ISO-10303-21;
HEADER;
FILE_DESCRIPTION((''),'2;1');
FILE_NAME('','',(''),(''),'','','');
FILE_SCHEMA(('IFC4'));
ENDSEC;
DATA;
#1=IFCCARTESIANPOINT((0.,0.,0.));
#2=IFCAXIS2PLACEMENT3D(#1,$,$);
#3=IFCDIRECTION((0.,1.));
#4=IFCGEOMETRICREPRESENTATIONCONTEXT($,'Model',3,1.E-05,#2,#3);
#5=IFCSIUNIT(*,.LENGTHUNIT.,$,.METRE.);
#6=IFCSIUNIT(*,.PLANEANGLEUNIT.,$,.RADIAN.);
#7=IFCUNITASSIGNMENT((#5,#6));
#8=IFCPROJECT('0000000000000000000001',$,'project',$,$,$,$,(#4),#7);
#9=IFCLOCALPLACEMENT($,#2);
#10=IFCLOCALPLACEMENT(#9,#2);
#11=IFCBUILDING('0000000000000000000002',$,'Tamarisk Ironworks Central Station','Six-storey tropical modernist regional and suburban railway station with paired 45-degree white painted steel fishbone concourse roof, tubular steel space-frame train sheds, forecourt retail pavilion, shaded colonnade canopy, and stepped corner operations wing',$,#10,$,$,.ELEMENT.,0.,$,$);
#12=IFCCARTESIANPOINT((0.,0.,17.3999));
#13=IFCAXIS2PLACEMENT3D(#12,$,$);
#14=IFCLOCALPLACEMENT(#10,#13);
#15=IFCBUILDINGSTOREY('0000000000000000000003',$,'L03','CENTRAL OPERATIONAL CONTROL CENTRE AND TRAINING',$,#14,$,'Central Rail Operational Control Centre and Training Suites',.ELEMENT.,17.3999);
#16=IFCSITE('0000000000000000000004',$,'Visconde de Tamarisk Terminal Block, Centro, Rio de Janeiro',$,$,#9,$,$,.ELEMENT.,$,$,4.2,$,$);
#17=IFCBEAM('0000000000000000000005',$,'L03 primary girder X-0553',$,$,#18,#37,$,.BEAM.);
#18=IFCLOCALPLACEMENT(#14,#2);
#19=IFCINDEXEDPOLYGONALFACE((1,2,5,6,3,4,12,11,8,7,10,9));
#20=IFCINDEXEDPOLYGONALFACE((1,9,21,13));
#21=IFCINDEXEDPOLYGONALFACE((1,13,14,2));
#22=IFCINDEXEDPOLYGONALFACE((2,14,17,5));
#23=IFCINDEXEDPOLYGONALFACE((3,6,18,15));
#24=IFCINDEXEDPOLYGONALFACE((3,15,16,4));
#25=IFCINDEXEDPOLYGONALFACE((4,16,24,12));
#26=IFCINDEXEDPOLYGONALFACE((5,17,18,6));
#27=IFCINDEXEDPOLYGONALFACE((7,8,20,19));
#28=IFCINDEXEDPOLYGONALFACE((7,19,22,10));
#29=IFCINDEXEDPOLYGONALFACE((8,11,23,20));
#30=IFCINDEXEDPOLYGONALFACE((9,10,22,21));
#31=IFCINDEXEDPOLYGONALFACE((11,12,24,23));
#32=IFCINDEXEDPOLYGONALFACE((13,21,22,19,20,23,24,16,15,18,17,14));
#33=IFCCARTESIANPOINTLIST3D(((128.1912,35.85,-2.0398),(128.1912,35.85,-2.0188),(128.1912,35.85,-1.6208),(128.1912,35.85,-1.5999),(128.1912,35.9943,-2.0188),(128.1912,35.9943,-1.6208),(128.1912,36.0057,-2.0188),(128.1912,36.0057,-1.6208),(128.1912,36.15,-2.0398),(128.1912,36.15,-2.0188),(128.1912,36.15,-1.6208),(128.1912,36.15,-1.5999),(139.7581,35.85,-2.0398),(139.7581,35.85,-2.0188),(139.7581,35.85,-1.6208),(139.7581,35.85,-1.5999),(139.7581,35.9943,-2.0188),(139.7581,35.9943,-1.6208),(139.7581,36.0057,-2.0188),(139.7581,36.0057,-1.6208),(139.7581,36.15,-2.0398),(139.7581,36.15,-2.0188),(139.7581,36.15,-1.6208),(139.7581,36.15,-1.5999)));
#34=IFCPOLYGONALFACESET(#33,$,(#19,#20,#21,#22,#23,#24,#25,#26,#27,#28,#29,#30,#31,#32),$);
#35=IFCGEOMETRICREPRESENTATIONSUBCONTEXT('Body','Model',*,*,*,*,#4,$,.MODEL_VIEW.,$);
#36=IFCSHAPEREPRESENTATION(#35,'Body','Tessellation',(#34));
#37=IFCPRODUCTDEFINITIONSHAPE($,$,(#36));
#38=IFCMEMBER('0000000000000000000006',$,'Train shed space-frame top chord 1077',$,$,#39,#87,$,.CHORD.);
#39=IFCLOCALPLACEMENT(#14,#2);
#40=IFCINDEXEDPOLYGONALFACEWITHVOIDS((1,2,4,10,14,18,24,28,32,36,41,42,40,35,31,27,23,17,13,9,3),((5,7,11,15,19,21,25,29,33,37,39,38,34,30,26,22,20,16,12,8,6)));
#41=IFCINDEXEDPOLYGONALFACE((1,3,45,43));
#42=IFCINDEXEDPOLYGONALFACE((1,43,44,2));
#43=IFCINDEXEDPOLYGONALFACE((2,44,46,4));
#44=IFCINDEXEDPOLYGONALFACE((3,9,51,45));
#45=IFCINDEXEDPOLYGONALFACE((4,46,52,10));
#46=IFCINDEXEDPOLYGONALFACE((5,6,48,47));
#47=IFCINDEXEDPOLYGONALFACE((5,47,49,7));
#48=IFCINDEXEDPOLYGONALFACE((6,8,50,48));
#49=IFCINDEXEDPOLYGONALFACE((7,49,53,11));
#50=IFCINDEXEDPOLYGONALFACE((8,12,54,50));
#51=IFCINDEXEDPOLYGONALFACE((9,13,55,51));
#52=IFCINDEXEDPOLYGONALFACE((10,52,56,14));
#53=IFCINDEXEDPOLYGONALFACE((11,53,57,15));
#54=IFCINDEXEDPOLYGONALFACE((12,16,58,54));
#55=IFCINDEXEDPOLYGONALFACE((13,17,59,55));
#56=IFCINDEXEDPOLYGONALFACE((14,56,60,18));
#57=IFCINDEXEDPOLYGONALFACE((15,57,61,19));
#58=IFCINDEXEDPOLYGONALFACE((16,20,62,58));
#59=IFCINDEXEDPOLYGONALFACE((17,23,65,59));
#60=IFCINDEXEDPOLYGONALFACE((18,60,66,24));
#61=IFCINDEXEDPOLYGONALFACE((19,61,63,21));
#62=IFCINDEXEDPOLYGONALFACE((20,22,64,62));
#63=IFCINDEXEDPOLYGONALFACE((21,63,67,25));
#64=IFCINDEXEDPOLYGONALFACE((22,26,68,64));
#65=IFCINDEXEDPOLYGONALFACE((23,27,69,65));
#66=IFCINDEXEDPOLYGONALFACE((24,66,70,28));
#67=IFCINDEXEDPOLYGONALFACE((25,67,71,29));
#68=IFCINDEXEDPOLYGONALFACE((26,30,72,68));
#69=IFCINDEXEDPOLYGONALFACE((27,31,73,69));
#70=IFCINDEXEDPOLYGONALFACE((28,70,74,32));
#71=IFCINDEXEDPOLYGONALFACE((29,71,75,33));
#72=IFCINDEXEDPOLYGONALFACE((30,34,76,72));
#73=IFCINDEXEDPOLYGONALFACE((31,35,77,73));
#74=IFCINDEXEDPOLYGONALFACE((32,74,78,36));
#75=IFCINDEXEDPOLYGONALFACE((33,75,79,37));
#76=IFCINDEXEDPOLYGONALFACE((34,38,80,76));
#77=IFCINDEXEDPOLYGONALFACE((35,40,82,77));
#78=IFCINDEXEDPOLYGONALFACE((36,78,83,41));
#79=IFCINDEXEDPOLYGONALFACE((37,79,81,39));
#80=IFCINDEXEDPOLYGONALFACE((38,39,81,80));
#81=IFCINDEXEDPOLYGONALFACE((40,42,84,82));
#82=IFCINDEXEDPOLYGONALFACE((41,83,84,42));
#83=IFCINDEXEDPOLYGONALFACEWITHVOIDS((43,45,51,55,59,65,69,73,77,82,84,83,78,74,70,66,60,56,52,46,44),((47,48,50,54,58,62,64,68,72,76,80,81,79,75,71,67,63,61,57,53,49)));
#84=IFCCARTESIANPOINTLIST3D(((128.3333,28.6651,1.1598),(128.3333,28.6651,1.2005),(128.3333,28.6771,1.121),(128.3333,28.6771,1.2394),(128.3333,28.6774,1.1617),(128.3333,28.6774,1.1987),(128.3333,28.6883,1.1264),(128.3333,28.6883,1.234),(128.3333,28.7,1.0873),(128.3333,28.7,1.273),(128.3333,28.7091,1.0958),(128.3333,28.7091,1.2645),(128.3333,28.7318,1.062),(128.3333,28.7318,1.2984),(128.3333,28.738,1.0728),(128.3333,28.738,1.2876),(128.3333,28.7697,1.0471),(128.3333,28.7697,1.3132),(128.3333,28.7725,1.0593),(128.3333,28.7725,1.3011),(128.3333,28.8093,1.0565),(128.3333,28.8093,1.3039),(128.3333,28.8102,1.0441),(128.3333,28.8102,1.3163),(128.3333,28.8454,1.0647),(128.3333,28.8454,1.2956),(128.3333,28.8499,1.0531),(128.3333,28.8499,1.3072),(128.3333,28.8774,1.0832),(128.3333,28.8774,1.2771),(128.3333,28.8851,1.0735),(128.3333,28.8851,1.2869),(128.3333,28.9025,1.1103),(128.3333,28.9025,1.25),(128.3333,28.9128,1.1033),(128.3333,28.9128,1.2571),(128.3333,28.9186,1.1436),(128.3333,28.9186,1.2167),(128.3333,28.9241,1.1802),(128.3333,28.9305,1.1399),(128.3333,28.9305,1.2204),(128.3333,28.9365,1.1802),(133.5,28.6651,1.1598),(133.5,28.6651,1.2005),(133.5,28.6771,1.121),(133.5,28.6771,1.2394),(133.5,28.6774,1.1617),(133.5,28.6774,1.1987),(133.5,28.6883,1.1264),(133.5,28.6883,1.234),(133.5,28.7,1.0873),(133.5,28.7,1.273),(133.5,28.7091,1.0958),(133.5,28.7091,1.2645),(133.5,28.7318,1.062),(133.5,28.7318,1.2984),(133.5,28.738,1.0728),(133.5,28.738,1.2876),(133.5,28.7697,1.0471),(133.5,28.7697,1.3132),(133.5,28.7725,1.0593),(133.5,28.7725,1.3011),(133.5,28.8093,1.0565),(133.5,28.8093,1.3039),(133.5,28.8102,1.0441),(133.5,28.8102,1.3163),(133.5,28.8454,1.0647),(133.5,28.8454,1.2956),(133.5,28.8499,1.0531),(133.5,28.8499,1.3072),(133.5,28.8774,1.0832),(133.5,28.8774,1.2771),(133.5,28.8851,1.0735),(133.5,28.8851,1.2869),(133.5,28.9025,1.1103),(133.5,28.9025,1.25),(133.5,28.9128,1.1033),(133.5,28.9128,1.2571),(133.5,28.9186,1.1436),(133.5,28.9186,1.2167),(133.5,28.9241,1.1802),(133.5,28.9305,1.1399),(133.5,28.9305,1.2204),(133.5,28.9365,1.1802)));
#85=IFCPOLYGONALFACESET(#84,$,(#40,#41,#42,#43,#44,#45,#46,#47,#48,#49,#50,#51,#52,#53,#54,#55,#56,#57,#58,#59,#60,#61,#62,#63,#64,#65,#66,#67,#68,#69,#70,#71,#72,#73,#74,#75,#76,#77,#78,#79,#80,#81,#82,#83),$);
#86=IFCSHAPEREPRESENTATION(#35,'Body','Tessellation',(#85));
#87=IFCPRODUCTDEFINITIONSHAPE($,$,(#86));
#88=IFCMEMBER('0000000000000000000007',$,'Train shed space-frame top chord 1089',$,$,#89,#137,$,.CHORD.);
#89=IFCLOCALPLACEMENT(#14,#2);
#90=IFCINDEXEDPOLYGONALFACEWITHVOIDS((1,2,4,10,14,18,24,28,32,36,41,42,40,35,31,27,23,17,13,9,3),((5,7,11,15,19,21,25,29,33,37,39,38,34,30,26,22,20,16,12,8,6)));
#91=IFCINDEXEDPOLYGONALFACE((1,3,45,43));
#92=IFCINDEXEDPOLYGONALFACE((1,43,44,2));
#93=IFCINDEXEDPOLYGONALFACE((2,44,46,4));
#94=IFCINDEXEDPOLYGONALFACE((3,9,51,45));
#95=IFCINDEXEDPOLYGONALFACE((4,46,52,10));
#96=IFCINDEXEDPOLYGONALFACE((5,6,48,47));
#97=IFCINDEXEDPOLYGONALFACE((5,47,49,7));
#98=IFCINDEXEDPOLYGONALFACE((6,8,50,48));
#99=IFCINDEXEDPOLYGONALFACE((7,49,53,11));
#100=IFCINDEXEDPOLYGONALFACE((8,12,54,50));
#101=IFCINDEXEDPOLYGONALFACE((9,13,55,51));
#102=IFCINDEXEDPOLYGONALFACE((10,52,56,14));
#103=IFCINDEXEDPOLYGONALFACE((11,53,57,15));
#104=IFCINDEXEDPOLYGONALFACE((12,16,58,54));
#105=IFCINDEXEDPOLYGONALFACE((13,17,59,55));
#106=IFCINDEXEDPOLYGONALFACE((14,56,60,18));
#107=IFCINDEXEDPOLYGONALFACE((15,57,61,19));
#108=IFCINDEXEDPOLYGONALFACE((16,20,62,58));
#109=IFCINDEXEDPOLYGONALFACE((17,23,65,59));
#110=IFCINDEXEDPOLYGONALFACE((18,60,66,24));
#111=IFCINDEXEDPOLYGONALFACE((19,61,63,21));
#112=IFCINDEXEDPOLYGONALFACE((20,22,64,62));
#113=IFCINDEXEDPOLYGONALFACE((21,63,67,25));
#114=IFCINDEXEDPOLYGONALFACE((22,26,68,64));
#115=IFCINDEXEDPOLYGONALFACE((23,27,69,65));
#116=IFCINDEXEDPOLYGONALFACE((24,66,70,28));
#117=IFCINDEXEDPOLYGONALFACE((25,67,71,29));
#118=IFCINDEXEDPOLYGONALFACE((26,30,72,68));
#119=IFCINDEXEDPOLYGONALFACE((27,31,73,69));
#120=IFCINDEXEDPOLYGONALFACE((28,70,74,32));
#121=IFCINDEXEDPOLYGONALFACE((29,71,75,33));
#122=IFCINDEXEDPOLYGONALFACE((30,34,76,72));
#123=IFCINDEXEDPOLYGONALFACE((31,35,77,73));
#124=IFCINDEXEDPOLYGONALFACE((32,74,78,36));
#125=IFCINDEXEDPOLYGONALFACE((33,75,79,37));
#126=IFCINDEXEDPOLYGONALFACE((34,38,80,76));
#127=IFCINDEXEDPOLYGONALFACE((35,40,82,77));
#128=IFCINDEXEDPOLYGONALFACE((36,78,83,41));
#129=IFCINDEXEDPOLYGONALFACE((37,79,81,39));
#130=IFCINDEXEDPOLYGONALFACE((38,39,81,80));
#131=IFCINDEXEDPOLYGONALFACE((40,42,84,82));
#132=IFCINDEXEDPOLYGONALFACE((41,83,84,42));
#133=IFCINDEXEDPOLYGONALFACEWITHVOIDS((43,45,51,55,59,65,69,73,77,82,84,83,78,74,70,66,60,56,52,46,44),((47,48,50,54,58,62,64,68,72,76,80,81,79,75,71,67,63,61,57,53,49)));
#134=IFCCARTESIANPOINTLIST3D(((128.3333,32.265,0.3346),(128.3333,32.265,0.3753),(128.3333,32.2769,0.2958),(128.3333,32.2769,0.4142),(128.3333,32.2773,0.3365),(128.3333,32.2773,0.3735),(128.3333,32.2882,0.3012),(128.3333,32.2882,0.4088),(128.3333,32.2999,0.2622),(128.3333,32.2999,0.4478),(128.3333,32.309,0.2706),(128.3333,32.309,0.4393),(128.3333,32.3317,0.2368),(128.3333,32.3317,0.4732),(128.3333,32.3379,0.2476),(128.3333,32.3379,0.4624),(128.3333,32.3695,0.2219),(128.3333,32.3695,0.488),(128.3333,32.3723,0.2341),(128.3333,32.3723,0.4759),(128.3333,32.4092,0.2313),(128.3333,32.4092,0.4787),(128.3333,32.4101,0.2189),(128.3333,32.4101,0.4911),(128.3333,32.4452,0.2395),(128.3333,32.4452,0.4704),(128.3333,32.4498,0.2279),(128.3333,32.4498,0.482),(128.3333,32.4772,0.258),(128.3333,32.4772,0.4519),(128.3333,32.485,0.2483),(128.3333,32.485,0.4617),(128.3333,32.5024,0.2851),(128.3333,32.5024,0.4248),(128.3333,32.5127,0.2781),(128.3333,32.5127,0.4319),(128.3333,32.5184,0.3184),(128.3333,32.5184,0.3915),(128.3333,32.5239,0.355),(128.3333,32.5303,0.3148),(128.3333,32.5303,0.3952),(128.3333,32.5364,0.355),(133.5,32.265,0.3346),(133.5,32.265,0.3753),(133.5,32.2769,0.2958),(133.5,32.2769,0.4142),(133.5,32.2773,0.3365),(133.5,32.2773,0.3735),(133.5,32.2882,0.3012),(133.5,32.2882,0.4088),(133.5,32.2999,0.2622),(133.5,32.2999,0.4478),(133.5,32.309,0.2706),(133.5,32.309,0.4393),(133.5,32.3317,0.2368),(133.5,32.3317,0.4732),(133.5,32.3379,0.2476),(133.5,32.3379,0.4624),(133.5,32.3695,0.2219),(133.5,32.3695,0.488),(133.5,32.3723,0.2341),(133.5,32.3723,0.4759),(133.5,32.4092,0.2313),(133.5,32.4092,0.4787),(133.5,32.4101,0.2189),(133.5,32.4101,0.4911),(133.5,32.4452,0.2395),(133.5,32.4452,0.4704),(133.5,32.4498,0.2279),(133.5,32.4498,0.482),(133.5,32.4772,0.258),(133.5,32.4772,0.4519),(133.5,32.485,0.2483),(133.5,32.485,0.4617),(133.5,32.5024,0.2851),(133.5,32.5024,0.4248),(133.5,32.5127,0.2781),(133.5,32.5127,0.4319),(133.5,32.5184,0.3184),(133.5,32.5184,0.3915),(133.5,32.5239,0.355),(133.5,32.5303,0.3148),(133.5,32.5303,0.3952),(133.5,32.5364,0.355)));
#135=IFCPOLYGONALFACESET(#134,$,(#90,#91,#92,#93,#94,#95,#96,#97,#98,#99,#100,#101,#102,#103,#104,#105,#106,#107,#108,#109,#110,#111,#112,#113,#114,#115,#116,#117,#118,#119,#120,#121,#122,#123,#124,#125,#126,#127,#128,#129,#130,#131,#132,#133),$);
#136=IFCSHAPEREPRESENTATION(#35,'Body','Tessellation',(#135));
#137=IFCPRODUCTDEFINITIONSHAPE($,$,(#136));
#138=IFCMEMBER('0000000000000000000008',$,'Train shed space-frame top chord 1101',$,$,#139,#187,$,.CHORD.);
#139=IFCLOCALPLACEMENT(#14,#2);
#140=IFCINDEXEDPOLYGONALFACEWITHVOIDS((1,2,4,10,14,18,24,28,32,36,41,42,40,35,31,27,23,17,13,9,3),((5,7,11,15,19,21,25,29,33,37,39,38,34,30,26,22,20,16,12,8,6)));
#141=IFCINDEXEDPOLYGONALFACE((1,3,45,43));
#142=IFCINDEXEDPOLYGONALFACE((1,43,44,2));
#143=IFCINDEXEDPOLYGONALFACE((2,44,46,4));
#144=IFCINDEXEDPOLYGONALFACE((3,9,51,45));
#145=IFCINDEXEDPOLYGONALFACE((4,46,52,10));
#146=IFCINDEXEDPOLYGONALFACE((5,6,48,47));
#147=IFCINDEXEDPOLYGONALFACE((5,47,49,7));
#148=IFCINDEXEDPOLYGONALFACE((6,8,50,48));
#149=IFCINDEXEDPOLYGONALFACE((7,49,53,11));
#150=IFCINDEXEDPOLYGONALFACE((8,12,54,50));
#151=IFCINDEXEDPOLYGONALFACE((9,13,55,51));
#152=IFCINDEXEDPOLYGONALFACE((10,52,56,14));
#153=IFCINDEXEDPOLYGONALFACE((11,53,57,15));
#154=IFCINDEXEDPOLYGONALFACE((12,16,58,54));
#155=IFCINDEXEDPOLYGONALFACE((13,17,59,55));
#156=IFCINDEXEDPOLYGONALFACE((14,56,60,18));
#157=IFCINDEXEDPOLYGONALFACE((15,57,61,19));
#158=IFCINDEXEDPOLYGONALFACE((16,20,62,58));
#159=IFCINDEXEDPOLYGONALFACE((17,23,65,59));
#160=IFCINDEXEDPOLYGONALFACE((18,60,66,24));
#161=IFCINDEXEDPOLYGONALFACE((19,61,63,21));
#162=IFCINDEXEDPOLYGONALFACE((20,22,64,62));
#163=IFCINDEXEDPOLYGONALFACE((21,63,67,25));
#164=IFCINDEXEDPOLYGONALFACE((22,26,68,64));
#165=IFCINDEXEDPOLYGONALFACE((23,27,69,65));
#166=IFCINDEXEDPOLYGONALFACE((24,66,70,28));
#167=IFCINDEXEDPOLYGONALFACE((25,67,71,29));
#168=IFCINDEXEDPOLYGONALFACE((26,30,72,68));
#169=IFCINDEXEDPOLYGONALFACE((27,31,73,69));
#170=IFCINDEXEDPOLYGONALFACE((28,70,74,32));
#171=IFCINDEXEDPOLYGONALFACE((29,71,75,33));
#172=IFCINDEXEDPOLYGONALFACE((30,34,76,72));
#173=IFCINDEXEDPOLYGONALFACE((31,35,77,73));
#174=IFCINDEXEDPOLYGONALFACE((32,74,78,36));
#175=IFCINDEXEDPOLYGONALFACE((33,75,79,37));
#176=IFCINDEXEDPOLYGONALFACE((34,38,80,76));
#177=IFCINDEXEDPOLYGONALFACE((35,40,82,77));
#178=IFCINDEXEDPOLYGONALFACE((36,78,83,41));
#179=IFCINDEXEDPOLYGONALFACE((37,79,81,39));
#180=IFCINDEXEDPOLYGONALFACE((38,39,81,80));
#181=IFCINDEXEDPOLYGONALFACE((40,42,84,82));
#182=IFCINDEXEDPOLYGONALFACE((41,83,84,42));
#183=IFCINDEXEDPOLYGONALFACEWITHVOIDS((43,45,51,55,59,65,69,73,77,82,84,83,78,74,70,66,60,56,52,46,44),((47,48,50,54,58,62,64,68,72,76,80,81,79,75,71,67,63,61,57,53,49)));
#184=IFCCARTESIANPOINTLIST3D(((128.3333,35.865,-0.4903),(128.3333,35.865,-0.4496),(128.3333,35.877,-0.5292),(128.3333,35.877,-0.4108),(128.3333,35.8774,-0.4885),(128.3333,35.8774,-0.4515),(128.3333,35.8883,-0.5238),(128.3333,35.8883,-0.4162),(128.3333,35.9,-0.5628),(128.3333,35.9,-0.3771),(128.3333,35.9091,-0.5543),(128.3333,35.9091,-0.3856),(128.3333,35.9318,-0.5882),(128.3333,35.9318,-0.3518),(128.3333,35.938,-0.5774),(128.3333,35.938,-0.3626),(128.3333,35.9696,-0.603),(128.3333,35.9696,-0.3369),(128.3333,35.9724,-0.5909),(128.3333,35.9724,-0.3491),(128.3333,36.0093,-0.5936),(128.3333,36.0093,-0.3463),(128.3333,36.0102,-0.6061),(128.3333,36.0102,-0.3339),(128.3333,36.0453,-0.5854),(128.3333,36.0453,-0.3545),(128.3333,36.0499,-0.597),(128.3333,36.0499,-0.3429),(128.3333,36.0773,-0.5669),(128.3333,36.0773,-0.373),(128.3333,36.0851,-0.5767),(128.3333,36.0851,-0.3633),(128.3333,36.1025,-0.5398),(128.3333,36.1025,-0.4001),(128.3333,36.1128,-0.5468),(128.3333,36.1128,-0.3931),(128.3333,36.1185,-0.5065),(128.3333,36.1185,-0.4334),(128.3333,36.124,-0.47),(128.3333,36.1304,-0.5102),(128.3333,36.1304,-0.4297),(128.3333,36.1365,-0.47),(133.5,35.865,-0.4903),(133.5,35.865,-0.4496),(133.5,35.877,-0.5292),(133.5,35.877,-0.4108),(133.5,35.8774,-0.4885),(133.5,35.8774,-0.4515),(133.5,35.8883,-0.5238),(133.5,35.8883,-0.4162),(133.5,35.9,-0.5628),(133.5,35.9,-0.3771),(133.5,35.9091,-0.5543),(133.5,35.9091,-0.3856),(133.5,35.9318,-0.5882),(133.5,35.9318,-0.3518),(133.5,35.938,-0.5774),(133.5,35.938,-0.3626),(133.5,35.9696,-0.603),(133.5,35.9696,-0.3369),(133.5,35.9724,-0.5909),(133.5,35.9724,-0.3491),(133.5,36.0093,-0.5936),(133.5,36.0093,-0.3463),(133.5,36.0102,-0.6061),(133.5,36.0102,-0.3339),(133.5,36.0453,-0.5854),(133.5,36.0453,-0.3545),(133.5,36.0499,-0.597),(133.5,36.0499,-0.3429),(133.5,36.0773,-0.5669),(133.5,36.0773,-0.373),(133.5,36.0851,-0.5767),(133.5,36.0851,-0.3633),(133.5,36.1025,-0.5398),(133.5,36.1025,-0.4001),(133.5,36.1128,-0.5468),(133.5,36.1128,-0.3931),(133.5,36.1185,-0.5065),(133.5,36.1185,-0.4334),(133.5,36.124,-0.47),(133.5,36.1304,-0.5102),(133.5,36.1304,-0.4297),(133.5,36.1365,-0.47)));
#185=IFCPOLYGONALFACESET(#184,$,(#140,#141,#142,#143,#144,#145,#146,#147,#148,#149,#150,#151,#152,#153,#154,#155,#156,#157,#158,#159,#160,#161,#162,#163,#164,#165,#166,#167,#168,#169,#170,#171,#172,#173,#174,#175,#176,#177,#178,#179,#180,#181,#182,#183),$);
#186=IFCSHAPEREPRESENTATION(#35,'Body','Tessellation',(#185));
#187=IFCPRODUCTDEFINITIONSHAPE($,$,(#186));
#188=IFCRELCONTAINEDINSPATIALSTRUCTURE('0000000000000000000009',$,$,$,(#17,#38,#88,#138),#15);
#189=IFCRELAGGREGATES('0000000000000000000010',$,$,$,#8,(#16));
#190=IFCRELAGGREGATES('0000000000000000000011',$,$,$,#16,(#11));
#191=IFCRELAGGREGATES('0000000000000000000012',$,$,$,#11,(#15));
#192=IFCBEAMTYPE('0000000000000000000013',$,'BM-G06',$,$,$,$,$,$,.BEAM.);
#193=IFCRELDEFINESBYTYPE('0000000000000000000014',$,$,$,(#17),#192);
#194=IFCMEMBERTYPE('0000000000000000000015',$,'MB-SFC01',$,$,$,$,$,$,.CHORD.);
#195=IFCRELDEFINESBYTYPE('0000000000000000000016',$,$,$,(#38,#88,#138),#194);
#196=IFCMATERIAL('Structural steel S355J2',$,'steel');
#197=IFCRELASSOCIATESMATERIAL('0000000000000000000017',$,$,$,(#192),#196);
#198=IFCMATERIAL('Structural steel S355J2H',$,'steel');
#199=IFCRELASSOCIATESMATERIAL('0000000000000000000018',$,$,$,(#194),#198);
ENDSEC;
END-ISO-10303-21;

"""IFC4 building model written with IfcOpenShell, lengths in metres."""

from ifc_helpers import new_model, si_unit, direction, frame, origin, origin_2d, place, context, subcontext, project, spatial, hollow_circle, i_section, extrude, material, material_profile, profile_set, type_object, element, save


model = new_model("IFC4")

# Units and contexts
model_context = context("Model", 3, precision=1e-05, world=origin(), true_north=direction((0.0, 1.0)))
body_context = subcontext(model_context, "Body", "Model", "MODEL_VIEW")
ifc_project = project(units=[si_unit("LENGTHUNIT", "METRE"), si_unit("PLANEANGLEUNIT", "RADIAN")], contexts=[model_context])

# Site, building, storey
site_placement = place(None, origin())
site = spatial("IfcSite", under=ifc_project, at=site_placement, Name="Visconde de Tamarisk Terminal Block, Centro, Rio de Janeiro", CompositionType="ELEMENT", RefElevation=4.2)
building_placement = place(site_placement, origin())
building = spatial("IfcBuilding", under=site, at=building_placement, Name="Tamarisk Ironworks Central Station", Description="Six-storey tropical modernist regional and suburban railway station with paired 45-degree white painted steel fishbone concourse roof, tubular steel space-frame train sheds, forecourt retail pavilion, shaded colonnade canopy, and stepped corner operations wing", CompositionType="ELEMENT", ElevationOfRefHeight=0.0)
storey_placement = place(building_placement, frame((0.0, 0.0, 17.3999)))
storey = spatial("IfcBuildingStorey", under=building, at=storey_placement, Name="L03", Description="CENTRAL OPERATIONAL CONTROL CENTRE AND TRAINING", LongName="Central Rail Operational Control Centre and Training Suites", CompositionType="ELEMENT", Elevation=17.3999)

# Beam
ifc_material_1 = material(Name="Structural steel S355J2", Category="steel")
ifc_material_profile_1 = material_profile(ifc_material_1, i_section(OverallWidth=0.3, OverallDepth=0.4399, WebThickness=0.0115, FlangeThickness=0.021, at=origin_2d()), Name="HEA 450")
ifc_profile_set_1 = profile_set([ifc_material_profile_1], Name="Structural steel S355J2")
beam_type = type_object("IfcBeamType", Name="BM-G06", PredefinedType="BEAM", material=ifc_profile_set_1)
beam_placement = place(storey_placement, frame((128.1912, 36.0, -1.8198), z_axis=(1.0, 0.0, 0.0), x_axis=(0.0, 1.0, 0.0)))
element("IfcBeam", 1, at=beam_placement, inside=storey, type_object=beam_type, Name="L03 primary girder X-0553", PredefinedType="BEAM", context=body_context, shape_type="SweptSolid", body=[
    extrude(i_section(OverallWidth=0.3, OverallDepth=0.4399, WebThickness=0.0115, FlangeThickness=0.021, at=origin_2d()), origin(), (0.0, 0.0, 1.0), 11.5669),
])

# Members
ifc_material_2 = material(Name="Structural steel S355J2H", Category="steel")
ifc_material_profile_2 = material_profile(ifc_material_2, hollow_circle(Radius=0.1365, WallThickness=0.0125, at=origin_2d()), Name="CHS 273x12.5")
ifc_profile_set_2 = profile_set([ifc_material_profile_2], Name="Structural steel S355J2H")
member_type_1 = type_object("IfcMemberType", Name="MB-SFC01", PredefinedType="CHORD", material=ifc_profile_set_2)
for number, where, z_axis, x_axis, name in (
    (2, (128.3333, 28.8, 1.1802), (1.0, 0.0, 0.0), (0.0, 1.0, 0.0), "Train shed space-frame top chord 1077"),
    (3, (128.3333, 32.3999, 0.355), (1.0, 0.0, 0.0), (0.0, 1.0, 0.0), "Train shed space-frame top chord 1089"),
    (4, (128.3333, 36.0, -0.47), (1.0, 0.0, 0.0), (0.0, 1.0, 0.0), "Train shed space-frame top chord 1101"),
):
    element("IfcMember", number, at=place(storey_placement, frame(where, z_axis=z_axis, x_axis=x_axis)), inside=storey, type_object=member_type_1, Name=name, PredefinedType="CHORD", context=body_context, shape_type="SweptSolid", body=[
        extrude(hollow_circle(Radius=0.1365, WallThickness=0.0125, at=origin_2d()), origin(), (0.0, 0.0, 1.0), 5.1667),
    ])

save(model, "model.ifc")
